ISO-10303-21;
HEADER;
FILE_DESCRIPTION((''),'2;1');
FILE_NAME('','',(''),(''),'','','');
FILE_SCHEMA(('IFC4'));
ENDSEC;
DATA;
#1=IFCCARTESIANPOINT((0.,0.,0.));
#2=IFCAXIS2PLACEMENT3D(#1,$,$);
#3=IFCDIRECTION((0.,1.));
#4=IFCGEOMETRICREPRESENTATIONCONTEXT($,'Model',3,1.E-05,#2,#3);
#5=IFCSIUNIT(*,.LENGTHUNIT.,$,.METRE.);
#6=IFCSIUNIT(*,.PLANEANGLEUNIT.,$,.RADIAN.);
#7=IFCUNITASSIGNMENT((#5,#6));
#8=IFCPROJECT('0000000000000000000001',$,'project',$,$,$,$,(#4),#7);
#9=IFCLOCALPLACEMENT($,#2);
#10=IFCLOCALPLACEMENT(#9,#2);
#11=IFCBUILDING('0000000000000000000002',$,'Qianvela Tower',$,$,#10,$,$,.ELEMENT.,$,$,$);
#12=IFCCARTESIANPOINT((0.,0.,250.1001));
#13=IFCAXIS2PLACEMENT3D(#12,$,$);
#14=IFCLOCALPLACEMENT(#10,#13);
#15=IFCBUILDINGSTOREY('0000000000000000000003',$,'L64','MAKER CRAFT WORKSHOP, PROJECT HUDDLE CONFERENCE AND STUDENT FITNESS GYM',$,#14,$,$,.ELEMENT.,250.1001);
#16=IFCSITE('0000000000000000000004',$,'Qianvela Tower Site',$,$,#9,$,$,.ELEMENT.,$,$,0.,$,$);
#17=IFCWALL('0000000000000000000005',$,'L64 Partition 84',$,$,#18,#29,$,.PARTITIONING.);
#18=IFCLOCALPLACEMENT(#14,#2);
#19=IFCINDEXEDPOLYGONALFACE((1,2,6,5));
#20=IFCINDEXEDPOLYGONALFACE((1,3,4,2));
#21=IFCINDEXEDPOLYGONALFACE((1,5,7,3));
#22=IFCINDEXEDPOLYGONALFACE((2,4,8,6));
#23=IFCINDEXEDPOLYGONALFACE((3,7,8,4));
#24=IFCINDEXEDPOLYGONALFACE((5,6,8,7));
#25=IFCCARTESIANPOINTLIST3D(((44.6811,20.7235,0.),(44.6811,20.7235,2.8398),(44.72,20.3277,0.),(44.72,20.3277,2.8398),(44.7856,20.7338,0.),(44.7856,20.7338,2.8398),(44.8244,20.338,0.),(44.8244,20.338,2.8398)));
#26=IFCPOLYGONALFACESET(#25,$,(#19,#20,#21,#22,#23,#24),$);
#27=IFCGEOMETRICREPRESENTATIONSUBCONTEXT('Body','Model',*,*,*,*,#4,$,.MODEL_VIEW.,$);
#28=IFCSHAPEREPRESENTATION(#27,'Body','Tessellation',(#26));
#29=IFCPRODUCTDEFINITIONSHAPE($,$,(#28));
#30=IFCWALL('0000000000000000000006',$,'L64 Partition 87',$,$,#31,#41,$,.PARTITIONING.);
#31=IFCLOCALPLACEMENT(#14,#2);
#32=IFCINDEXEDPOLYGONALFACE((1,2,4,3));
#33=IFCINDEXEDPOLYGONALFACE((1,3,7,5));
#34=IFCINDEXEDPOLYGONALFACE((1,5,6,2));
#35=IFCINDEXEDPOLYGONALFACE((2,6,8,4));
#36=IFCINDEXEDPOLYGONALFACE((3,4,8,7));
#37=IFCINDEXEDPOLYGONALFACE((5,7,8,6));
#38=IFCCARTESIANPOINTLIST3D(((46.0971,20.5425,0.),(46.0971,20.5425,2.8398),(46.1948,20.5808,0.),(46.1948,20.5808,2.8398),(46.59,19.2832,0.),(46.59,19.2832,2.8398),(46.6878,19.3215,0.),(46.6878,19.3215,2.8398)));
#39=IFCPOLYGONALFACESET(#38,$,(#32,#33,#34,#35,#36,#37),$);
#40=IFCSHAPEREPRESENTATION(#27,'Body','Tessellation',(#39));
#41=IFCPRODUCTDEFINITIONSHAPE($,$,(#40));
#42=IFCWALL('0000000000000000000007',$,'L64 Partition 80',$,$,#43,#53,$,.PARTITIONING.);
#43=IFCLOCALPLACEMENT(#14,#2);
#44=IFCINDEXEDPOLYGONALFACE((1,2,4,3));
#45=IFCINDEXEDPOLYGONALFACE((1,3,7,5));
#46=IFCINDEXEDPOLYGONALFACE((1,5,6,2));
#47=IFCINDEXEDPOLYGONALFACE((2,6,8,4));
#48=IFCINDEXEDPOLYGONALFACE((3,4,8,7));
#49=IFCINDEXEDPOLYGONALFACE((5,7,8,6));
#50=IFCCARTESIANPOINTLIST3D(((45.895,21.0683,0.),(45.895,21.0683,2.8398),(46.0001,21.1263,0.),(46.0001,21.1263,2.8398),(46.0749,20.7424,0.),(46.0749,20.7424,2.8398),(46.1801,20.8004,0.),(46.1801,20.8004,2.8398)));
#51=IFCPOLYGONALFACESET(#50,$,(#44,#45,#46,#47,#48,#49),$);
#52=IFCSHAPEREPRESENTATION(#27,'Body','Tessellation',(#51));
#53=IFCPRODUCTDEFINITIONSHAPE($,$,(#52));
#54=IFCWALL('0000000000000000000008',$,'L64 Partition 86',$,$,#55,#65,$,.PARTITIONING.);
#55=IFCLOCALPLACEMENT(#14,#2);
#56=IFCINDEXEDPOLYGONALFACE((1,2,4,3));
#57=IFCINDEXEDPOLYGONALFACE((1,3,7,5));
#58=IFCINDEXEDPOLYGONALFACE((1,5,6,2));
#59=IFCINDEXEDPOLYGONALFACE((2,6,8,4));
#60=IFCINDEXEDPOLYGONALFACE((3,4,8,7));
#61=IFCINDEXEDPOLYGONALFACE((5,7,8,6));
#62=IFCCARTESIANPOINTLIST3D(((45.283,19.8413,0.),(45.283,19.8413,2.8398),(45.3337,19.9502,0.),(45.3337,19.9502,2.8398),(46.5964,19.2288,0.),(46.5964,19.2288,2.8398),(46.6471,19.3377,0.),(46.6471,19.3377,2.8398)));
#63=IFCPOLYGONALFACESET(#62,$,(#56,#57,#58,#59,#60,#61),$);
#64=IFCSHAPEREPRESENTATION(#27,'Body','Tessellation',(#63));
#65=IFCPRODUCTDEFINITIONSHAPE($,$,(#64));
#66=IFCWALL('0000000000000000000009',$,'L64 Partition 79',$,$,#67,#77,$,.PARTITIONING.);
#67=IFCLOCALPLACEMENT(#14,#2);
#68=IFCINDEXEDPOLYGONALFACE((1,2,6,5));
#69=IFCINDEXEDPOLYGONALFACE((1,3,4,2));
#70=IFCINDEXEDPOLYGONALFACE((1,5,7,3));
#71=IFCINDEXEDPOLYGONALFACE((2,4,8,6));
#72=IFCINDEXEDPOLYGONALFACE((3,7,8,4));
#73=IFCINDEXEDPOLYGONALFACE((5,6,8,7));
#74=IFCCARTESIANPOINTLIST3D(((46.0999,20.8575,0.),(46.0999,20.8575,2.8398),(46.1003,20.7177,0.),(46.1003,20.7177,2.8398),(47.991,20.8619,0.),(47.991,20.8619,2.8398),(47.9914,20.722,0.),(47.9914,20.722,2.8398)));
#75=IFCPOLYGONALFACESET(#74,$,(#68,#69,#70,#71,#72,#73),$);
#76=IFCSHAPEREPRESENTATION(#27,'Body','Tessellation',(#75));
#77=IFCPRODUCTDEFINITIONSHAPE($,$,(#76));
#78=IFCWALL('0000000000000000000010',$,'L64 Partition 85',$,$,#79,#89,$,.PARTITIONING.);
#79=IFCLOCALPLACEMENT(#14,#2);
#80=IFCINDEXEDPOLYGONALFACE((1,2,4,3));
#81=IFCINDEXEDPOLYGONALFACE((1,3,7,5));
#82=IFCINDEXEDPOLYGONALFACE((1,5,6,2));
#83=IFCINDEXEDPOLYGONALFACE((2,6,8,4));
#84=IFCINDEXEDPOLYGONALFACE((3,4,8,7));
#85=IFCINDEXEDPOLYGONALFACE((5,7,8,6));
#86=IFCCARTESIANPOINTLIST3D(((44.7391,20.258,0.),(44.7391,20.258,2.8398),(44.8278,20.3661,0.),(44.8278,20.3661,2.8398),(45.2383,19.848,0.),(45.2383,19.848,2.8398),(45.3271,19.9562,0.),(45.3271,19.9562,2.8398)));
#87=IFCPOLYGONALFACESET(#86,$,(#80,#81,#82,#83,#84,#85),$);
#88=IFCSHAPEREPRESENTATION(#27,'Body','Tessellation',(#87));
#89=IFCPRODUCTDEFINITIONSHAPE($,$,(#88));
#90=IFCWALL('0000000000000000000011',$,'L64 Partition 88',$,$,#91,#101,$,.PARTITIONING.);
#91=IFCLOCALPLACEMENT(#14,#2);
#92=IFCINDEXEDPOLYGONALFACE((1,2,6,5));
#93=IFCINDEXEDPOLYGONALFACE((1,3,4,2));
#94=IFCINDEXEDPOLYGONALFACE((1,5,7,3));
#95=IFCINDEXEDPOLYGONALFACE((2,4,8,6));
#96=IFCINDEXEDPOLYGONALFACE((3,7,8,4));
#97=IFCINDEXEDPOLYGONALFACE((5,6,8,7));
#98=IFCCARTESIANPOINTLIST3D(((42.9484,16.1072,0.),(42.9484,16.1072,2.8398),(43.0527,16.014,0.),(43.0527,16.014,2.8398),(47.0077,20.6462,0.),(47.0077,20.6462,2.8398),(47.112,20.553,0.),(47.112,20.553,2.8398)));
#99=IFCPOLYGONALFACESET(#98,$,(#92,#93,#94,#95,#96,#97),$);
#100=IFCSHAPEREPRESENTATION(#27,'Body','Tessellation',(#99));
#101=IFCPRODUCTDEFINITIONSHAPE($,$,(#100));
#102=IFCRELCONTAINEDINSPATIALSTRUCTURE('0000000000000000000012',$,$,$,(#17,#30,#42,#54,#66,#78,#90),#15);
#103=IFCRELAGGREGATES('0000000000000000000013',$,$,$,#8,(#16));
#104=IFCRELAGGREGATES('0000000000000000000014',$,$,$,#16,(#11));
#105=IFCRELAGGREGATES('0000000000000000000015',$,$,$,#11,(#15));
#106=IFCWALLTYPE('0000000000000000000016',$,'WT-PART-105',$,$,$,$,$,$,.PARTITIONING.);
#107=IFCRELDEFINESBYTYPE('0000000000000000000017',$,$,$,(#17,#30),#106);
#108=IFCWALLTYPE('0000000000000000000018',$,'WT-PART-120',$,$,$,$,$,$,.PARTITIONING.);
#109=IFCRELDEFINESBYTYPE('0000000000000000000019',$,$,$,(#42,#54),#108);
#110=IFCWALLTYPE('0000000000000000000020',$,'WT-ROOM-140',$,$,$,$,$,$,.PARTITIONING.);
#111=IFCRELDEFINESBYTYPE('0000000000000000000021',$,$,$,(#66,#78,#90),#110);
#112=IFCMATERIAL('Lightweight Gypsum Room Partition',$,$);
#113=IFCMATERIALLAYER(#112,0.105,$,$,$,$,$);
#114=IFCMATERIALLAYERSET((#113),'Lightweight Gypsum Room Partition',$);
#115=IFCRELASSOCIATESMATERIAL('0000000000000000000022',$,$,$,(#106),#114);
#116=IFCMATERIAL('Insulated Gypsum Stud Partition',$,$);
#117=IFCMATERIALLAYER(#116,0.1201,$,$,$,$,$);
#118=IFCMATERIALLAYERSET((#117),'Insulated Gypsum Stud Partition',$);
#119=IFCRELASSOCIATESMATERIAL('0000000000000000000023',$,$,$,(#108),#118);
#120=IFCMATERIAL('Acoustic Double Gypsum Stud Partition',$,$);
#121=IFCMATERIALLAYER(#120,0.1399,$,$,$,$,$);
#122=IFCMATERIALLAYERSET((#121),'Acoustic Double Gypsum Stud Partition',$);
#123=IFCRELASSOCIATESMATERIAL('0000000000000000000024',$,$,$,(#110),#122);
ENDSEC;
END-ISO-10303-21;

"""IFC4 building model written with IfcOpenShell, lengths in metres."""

from ifc_helpers import new_model, si_unit, direction, frame, frame_2d, origin, place, context, subcontext, project, spatial, rectangle, extrude, material, layer, layer_set, type_object, element, save


model = new_model("IFC4")

# Units and contexts
model_context = context("Model", 3, precision=1e-05, world=origin(), true_north=direction((0.0, 1.0)))
body_context = subcontext(model_context, "Body", "Model", "MODEL_VIEW")
ifc_project = project(units=[si_unit("LENGTHUNIT", "METRE"), si_unit("PLANEANGLEUNIT", "RADIAN")], contexts=[model_context])

# Site, building, storey
site_placement = place(None, origin())
site = spatial("IfcSite", under=ifc_project, at=site_placement, Name="Qianvela Tower Site", CompositionType="ELEMENT", RefElevation=0.0)
building_placement = place(site_placement, origin())
building = spatial("IfcBuilding", under=site, at=building_placement, Name="Qianvela Tower", CompositionType="ELEMENT")
storey_placement = place(building_placement, frame((0.0, 0.0, 250.1001)))
storey = spatial("IfcBuildingStorey", under=building, at=storey_placement, Name="L64", Description="MAKER CRAFT WORKSHOP, PROJECT HUDDLE CONFERENCE AND STUDENT FITNESS GYM", CompositionType="ELEMENT", Elevation=250.1001)

# Walls
ifc_material_1 = material(Name="Lightweight Gypsum Room Partition")
ifc_layer_1 = layer(ifc_material_1, 0.105)
ifc_layer_set_1 = layer_set([ifc_layer_1], Name="Lightweight Gypsum Room Partition")
wall_type_1 = type_object("IfcWallType", Name="WT-PART-105", PredefinedType="PARTITIONING", material=ifc_layer_set_1)
wall_1_placement = place(storey_placement, frame((44.7334, 20.7285, 0.0), z_axis=(0.0, 0.0, 1.0), x_axis=(0.097619, -0.995224, 0.0)))
element("IfcWall", 1, at=wall_1_placement, inside=storey, type_object=wall_type_1, Name="L64 Partition 84", PredefinedType="PARTITIONING", context=body_context, shape_type="SweptSolid", body=[
    extrude(rectangle(XDim=0.3977, YDim=0.105, at=frame_2d((0.1987, 0.0))), origin(), (0.0, 0.0, 1.0), 2.8398),
])
wall_2_placement = place(storey_placement, frame((46.6389, 19.3022, 0.0), z_axis=(0.0, 0.0, 1.0), x_axis=(-0.364501, 0.931203, 0.0)))
element("IfcWall", 2, at=wall_2_placement, inside=storey, type_object=wall_type_1, Name="L64 Partition 87", PredefinedType="PARTITIONING", context=body_context, shape_type="SweptSolid", body=[
    extrude(rectangle(XDim=1.3523, YDim=0.105, at=frame_2d((0.6763, 0.0))), origin(), (0.0, 0.0, 1.0), 2.8398),
])
ifc_material_2 = material(Name="Insulated Gypsum Stud Partition")
ifc_layer_2 = layer(ifc_material_2, 0.1201)
ifc_layer_set_2 = layer_set([ifc_layer_2], Name="Insulated Gypsum Stud Partition")
wall_type_2 = type_object("IfcWallType", Name="WT-PART-120", PredefinedType="PARTITIONING", material=ifc_layer_set_2)
wall_3_placement = place(storey_placement, frame((46.1274, 20.7715, 0.0), z_axis=(0.0, 0.0, 1.0), x_axis=(-0.483303, 0.875453, 0.0)))
element("IfcWall", 3, at=wall_3_placement, inside=storey, type_object=wall_type_2, Name="L64 Partition 80", PredefinedType="PARTITIONING", context=body_context, shape_type="SweptSolid", body=[
    extrude(rectangle(XDim=0.3723, YDim=0.1201, at=frame_2d((0.186, 0.0))), origin(), (0.0, 0.0, 1.0), 2.8398),
])
wall_4_placement = place(storey_placement, frame((45.3083, 19.8958, 0.0), z_axis=(0.0, 0.0, 1.0), x_axis=(0.906291, -0.422655, 0.0)))
element("IfcWall", 4, at=wall_4_placement, inside=storey, type_object=wall_type_2, Name="L64 Partition 86", PredefinedType="PARTITIONING", context=body_context, shape_type="SweptSolid", body=[
    extrude(rectangle(XDim=1.4492, YDim=0.1201, at=frame_2d((0.7246, 0.0))), origin(), (0.0, 0.0, 1.0), 2.8398),
])
ifc_material_3 = material(Name="Acoustic Double Gypsum Stud Partition")
ifc_layer_3 = layer(ifc_material_3, 0.1399)
ifc_layer_set_3 = layer_set([ifc_layer_3], Name="Acoustic Double Gypsum Stud Partition")
wall_type_3 = type_object("IfcWallType", Name="WT-ROOM-140", PredefinedType="PARTITIONING", material=ifc_layer_set_3)
wall_5_placement = place(storey_placement, frame((47.9912, 20.792, 0.0), z_axis=(0.0, 0.0, 1.0), x_axis=(-0.999997, -0.002324, 0.0)))
element("IfcWall", 5, at=wall_5_placement, inside=storey, type_object=wall_type_3, Name="L64 Partition 79", PredefinedType="PARTITIONING", context=body_context, shape_type="SweptSolid", body=[
    extrude(rectangle(XDim=1.8911, YDim=0.1399, at=frame_2d((0.9456, 0.0))), origin(), (0.0, 0.0, 1.0), 2.8398),
])
wall_6_placement = place(storey_placement, frame((44.7834, 20.312, 0.0), z_axis=(0.0, 0.0, 1.0), x_axis=(0.772879, -0.634554, 0.0)))
element("IfcWall", 6, at=wall_6_placement, inside=storey, type_object=wall_type_3, Name="L64 Partition 85", PredefinedType="PARTITIONING", context=body_context, shape_type="SweptSolid", body=[
    extrude(rectangle(XDim=0.646, YDim=0.1399, at=frame_2d((0.323, 0.0))), origin(), (0.0, 0.0, 1.0), 2.8398),
])
wall_7_placement = place(storey_placement, frame((47.0598, 20.5996, 0.0), z_axis=(0.0, 0.0, 1.0), x_axis=(-0.666618, -0.7454, 0.0)))
element("IfcWall", 7, at=wall_7_placement, inside=storey, type_object=wall_type_3, Name="L64 Partition 88", PredefinedType="PARTITIONING", context=body_context, shape_type="SweptSolid", body=[
    extrude(rectangle(XDim=6.0894, YDim=0.1399, at=frame_2d((3.0447, 0.0))), origin(), (0.0, 0.0, 1.0), 2.8398),
])

save(model, "model.ifc")
